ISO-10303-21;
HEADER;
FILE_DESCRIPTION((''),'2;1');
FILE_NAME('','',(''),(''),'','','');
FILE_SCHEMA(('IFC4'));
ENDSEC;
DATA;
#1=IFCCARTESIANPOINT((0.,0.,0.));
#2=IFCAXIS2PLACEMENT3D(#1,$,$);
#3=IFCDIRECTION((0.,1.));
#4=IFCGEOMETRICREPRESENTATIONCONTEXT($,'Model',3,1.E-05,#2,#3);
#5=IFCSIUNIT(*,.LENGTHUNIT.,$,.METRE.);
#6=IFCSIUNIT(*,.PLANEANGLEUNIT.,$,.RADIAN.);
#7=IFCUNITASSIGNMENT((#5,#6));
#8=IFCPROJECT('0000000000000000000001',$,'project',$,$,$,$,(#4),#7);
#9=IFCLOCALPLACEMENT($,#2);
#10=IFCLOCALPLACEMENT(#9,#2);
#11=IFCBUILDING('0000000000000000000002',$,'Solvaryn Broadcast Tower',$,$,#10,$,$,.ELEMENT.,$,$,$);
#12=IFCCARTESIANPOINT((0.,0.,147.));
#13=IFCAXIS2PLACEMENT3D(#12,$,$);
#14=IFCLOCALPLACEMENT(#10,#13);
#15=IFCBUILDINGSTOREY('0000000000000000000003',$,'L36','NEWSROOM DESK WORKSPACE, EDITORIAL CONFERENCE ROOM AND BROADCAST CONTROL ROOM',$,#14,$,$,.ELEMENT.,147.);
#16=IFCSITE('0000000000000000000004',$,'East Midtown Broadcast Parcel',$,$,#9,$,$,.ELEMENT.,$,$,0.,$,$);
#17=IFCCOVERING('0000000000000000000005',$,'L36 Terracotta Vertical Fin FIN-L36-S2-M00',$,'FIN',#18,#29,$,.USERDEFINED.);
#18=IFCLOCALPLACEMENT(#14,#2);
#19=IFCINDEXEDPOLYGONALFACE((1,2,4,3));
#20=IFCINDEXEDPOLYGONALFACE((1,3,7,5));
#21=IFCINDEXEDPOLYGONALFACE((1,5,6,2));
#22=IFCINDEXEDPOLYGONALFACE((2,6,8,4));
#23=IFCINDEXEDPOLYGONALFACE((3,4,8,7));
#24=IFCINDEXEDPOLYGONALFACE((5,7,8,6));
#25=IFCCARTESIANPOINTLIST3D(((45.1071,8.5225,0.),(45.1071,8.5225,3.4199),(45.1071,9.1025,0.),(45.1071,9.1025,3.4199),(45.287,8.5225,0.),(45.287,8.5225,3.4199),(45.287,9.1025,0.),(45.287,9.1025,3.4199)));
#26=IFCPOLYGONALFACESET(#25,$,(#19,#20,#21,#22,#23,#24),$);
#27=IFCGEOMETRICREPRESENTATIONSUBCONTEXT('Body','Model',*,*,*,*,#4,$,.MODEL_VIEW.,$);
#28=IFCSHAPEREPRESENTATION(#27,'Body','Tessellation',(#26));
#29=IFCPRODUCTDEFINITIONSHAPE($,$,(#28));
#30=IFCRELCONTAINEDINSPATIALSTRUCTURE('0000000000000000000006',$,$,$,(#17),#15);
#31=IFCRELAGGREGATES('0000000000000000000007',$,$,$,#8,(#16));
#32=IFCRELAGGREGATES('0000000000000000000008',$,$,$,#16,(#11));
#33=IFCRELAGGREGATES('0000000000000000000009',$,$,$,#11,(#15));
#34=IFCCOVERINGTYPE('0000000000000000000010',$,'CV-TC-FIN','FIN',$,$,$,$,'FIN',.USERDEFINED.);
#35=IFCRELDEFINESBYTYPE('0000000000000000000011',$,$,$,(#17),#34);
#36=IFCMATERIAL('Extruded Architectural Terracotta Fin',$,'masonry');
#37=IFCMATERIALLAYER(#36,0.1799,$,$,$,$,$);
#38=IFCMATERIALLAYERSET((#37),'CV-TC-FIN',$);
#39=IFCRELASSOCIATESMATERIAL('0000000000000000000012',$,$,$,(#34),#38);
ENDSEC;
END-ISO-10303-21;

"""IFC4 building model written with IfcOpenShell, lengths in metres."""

from ifc_helpers import new_model, si_unit, direction, frame, origin, origin_2d, place, context, subcontext, project, spatial, rectangle, extrude, material, layer, layer_set, type_object, element, save


model = new_model("IFC4")

# Units and contexts
model_context = context("Model", 3, precision=1e-05, world=origin(), true_north=direction((0.0, 1.0)))
body_context = subcontext(model_context, "Body", "Model", "MODEL_VIEW")
ifc_project = project(units=[si_unit("LENGTHUNIT", "METRE"), si_unit("PLANEANGLEUNIT", "RADIAN")], contexts=[model_context])

# Site, building, storey
site_placement = place(None, origin())
site = spatial("IfcSite", under=ifc_project, at=site_placement, Name="East Midtown Broadcast Parcel", CompositionType="ELEMENT", RefElevation=0.0)
building_placement = place(site_placement, origin())
building = spatial("IfcBuilding", under=site, at=building_placement, Name="Solvaryn Broadcast Tower", CompositionType="ELEMENT")
storey_placement = place(building_placement, frame((0.0, 0.0, 147.0)))
storey = spatial("IfcBuildingStorey", under=building, at=storey_placement, Name="L36", Description="NEWSROOM DESK WORKSPACE, EDITORIAL CONFERENCE ROOM AND BROADCAST CONTROL ROOM", CompositionType="ELEMENT", Elevation=147.0)

# Covering
ifc_material_1 = material(Name="Extruded Architectural Terracotta Fin", Category="masonry")
ifc_layer_1 = layer(ifc_material_1, 0.1799)
ifc_layer_set_1 = layer_set([ifc_layer_1], Name="CV-TC-FIN")
covering_type_1 = type_object("IfcCoveringType", Name="CV-TC-FIN", Description="FIN", ElementType="FIN", PredefinedType="USERDEFINED", material=ifc_layer_set_1)
for number, where, z_axis, x_axis, name in (
    (1, (45.197, 8.8125, 0.0), (0.0, 0.0, 1.0), (1.0, 0.0, 0.0), "L36 Terracotta Vertical Fin FIN-L36-S2-M00"),
):
    element("IfcCovering", number, at=place(storey_placement, frame(where, z_axis=z_axis, x_axis=x_axis)), inside=storey, type_object=covering_type_1, Name=name, ObjectType="FIN", PredefinedType="USERDEFINED", context=body_context, shape_type="SweptSolid", body=[
        extrude(rectangle(XDim=0.1799, YDim=0.5801, at=origin_2d()), origin(), (0.0, 0.0, 1.0), 3.4199),
    ])

save(model, "model.ifc")
